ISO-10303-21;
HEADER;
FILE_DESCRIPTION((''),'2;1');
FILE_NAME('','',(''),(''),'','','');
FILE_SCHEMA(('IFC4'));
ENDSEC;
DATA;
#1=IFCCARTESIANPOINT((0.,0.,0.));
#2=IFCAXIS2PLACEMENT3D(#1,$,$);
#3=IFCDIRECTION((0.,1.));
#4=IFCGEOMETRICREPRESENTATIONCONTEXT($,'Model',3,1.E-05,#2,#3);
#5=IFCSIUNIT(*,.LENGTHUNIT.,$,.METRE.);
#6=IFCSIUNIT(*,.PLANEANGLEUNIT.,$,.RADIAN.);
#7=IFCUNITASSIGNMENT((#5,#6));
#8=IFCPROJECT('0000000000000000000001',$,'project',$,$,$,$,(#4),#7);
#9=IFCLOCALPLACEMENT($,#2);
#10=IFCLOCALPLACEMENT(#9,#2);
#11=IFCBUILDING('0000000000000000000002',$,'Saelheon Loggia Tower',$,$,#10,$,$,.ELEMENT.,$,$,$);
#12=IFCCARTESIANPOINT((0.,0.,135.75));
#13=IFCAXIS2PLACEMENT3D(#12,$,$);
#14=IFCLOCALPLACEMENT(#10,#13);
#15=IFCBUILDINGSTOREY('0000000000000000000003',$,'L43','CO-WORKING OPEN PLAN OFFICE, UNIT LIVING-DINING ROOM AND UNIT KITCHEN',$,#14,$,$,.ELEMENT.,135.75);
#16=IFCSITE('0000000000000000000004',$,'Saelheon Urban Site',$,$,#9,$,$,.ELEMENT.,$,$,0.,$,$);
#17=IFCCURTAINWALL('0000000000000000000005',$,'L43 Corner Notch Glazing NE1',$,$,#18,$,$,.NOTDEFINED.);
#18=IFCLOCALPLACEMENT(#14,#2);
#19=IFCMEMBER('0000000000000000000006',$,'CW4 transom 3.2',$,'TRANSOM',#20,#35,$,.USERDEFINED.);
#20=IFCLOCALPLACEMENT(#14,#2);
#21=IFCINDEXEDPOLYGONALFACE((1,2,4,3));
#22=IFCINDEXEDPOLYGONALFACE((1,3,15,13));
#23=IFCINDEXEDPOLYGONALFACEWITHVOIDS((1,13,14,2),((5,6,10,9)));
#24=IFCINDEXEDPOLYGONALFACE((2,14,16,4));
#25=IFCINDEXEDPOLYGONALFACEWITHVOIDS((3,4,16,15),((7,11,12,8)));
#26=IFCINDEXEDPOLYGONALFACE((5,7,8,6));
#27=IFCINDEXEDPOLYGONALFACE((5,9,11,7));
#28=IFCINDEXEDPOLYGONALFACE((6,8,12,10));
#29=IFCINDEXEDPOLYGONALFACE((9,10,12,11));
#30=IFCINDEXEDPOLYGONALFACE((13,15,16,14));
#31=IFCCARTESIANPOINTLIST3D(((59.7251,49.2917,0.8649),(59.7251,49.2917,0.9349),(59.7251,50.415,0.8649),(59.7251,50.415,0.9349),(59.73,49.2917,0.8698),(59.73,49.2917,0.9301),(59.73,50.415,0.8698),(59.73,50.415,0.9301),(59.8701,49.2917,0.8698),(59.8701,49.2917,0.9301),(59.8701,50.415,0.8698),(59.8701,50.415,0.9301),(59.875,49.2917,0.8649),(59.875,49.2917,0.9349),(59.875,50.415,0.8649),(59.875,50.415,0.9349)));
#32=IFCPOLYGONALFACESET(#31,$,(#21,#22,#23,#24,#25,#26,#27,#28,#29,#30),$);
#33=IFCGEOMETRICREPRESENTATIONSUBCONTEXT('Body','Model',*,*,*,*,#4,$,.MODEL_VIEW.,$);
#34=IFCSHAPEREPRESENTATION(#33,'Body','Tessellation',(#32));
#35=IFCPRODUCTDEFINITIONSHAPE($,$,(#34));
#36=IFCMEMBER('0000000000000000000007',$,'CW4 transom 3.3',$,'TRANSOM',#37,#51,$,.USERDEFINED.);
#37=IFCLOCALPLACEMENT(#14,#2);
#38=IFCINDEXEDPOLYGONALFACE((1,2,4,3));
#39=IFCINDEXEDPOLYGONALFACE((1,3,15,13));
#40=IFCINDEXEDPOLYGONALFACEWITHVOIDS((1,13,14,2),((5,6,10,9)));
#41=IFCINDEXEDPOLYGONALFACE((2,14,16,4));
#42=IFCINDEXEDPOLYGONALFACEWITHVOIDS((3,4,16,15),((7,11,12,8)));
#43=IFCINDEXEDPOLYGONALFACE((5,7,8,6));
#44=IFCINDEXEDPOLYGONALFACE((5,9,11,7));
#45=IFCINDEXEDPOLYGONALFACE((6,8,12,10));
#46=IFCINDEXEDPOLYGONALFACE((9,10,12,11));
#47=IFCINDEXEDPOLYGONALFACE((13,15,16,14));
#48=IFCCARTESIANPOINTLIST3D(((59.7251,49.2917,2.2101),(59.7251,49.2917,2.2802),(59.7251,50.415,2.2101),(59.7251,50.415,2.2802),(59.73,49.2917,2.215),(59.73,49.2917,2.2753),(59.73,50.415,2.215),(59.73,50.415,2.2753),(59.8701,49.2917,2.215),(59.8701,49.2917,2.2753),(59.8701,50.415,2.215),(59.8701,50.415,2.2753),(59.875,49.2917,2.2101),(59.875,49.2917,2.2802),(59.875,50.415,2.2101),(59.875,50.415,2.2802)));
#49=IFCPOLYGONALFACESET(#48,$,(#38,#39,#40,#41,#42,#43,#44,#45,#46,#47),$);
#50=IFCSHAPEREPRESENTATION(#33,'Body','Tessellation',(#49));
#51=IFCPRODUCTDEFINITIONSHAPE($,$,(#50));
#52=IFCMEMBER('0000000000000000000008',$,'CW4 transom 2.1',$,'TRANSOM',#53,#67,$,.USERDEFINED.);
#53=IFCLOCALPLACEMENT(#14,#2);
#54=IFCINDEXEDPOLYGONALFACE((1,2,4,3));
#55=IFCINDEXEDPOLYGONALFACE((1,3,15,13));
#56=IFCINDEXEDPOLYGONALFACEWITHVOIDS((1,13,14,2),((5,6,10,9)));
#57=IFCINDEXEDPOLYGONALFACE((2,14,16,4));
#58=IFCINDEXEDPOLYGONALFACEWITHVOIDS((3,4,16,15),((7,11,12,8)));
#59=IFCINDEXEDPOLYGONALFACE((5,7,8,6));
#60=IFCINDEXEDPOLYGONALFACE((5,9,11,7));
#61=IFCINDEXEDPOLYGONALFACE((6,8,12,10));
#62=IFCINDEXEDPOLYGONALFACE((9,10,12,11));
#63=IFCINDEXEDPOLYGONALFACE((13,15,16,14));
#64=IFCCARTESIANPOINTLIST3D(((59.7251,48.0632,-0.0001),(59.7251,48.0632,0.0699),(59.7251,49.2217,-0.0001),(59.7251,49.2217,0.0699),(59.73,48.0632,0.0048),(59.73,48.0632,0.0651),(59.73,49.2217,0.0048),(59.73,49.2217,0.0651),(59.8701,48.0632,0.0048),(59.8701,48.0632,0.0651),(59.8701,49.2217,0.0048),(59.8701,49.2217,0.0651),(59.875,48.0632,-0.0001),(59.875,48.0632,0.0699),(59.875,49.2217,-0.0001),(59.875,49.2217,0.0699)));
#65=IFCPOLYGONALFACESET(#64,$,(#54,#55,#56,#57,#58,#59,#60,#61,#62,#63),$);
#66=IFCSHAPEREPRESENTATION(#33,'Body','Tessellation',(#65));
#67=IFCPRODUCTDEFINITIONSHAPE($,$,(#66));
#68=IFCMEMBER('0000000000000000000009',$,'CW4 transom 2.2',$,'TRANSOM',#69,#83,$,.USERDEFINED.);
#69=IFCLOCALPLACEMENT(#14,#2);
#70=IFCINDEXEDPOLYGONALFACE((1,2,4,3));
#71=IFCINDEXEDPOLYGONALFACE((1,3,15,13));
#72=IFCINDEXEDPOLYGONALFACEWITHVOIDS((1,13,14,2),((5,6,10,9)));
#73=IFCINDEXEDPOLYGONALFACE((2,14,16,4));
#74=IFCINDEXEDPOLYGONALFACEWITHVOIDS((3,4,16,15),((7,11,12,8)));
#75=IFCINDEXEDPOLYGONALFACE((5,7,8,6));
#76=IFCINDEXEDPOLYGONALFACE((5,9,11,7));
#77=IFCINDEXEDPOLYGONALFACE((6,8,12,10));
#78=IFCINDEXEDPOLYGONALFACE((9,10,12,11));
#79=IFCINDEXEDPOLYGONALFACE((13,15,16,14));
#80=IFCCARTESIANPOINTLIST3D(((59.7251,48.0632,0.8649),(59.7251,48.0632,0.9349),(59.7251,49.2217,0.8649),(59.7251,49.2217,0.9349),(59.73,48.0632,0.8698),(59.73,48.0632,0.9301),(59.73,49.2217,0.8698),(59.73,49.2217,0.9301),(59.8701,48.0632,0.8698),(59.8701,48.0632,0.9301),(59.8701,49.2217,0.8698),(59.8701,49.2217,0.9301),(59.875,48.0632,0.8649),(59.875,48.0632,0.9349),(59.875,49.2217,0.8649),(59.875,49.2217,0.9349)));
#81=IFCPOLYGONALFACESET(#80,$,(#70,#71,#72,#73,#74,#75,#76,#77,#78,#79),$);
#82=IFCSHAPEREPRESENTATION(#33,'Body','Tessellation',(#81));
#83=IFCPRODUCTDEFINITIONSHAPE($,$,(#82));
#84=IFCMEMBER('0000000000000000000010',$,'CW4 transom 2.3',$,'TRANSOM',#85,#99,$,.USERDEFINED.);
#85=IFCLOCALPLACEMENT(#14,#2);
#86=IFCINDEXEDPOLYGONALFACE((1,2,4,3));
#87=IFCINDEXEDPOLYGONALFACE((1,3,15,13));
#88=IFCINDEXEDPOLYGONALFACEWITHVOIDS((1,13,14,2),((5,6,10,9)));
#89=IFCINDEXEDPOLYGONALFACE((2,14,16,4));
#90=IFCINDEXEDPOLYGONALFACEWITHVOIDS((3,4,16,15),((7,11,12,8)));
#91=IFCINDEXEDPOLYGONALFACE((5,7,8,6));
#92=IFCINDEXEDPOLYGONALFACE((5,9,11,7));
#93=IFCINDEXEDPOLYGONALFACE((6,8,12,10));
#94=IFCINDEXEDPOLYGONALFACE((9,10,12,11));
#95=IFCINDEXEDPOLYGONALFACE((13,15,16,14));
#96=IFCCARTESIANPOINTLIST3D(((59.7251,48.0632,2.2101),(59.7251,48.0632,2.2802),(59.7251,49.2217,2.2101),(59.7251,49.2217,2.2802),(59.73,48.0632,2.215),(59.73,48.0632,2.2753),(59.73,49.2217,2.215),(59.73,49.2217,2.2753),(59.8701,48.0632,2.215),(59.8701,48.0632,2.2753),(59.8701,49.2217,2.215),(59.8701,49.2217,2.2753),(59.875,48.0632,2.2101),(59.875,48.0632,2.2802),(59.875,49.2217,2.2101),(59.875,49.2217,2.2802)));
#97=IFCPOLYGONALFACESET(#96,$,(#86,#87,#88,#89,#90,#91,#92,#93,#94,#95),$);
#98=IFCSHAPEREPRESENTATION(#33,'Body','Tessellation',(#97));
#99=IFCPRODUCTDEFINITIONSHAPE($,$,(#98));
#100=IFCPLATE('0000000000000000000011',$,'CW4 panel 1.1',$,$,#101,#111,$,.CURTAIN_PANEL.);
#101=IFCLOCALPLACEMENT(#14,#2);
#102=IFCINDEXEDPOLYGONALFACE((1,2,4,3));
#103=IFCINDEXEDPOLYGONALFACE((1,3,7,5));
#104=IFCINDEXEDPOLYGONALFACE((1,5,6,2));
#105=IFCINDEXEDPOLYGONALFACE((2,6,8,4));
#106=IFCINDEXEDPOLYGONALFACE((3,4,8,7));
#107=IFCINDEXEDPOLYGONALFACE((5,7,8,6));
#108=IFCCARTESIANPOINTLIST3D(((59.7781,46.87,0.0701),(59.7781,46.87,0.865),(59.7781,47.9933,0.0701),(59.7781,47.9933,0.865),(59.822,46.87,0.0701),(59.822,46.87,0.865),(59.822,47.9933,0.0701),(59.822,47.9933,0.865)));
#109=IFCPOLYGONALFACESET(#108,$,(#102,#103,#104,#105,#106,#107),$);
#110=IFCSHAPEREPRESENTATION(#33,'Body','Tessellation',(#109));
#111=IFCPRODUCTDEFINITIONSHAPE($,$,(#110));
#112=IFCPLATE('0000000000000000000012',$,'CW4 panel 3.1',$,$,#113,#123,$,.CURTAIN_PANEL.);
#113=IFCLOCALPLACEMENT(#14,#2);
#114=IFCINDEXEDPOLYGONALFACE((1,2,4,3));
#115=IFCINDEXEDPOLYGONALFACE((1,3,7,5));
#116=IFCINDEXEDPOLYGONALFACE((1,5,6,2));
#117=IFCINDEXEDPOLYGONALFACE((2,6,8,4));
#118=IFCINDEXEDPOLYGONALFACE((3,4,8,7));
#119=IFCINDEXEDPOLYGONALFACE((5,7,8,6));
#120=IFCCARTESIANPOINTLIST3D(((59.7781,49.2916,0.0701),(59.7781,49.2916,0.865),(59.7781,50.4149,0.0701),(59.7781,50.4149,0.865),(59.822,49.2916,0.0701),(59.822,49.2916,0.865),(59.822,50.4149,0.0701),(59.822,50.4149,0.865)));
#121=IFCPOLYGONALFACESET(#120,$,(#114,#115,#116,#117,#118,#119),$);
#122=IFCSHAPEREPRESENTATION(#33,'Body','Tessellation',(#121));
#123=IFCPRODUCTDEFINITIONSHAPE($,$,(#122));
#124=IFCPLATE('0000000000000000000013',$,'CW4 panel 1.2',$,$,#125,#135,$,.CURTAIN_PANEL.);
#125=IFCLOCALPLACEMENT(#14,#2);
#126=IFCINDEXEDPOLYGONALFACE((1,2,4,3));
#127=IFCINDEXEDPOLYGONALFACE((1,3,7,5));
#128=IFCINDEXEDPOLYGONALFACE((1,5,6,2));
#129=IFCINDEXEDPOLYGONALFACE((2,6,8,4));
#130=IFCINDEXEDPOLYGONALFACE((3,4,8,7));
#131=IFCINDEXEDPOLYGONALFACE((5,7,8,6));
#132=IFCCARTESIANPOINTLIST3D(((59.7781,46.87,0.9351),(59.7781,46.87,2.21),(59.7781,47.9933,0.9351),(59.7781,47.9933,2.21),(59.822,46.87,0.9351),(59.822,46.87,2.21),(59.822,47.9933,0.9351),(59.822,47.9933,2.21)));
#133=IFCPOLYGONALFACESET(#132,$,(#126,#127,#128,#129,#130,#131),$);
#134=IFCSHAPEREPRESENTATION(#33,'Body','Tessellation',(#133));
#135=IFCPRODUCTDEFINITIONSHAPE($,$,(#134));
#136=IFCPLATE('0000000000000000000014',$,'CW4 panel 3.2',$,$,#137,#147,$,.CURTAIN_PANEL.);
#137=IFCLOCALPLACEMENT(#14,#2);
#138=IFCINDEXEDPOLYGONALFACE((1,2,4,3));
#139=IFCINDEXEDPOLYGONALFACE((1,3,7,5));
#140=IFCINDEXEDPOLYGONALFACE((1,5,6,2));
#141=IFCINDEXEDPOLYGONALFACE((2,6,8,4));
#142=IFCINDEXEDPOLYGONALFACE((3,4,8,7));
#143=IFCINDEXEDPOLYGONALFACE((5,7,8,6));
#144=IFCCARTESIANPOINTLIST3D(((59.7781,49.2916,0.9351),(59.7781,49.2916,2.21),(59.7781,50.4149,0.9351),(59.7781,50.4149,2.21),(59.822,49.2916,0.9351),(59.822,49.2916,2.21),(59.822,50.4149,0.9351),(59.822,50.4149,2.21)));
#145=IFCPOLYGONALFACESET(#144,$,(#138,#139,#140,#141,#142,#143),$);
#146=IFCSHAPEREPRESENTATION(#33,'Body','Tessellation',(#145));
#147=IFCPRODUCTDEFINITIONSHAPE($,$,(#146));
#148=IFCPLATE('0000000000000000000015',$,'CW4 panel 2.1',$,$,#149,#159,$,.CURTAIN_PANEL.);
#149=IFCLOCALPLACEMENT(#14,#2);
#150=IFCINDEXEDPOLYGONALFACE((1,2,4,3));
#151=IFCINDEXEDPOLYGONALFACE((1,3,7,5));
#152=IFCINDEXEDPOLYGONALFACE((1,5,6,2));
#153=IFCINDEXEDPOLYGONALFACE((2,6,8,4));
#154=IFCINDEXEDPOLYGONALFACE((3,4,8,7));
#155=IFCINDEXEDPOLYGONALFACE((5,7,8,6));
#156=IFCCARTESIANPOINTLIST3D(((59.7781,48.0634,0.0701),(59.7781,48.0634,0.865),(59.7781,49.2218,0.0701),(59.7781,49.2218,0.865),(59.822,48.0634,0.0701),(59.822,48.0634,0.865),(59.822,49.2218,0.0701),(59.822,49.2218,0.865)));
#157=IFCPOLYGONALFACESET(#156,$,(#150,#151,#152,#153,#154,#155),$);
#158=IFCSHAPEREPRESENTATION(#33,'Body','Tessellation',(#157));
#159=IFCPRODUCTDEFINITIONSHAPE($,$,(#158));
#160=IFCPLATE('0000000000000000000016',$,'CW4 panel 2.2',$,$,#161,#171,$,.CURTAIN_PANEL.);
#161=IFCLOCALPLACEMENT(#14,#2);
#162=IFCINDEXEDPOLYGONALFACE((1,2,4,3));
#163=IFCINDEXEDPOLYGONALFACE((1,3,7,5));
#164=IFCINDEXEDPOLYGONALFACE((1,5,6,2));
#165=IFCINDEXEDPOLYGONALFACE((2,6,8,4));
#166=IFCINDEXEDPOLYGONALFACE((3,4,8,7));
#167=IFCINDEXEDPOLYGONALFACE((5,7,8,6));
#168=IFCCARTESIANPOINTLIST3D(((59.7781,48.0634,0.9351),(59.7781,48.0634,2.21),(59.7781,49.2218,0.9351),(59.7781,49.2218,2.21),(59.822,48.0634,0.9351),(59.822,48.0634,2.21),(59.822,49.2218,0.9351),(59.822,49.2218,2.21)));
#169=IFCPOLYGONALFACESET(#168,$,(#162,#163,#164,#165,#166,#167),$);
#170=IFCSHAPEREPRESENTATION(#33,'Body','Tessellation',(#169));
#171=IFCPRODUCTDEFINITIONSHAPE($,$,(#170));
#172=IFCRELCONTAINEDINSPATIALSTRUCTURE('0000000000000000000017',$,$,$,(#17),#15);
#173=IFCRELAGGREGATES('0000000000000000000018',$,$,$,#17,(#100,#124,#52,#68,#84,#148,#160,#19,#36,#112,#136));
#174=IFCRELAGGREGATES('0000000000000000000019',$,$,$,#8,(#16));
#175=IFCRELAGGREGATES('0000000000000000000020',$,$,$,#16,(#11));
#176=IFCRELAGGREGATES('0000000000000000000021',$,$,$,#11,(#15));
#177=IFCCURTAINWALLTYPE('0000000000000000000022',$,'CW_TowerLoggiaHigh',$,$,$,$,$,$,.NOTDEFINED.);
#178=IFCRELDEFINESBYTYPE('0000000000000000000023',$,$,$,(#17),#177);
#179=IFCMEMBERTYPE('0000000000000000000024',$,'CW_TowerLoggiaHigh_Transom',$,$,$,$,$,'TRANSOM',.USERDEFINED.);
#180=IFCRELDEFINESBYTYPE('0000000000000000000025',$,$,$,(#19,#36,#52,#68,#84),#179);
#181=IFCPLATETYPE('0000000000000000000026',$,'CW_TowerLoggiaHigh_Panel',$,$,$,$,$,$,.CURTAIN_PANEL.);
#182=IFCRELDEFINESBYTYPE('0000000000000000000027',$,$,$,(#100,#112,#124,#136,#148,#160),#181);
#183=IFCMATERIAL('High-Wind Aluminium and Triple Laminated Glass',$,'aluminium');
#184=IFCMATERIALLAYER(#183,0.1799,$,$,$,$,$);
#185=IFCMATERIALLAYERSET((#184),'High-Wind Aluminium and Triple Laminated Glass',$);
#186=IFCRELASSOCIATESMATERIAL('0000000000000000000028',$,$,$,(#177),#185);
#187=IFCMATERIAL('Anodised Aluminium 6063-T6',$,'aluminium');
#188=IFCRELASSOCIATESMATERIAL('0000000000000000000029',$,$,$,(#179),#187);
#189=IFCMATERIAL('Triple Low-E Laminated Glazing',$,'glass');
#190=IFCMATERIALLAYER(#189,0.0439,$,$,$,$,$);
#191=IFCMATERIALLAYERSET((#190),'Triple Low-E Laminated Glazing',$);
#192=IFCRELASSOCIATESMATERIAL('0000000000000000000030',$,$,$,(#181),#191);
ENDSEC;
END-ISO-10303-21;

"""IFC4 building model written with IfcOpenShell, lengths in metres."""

from ifc_helpers import new_model, si_unit, direction, frame, origin, origin_2d, place, context, subcontext, project, spatial, rectangle, hollow_rectangle, extrude, source, transform, mapped, material, layer, layer_set, material_profile, profile_set, type_object, element, aggregate, save


model = new_model("IFC4")

# Units and contexts
model_context = context("Model", 3, precision=1e-05, world=origin(), true_north=direction((0.0, 1.0)))
body_context = subcontext(model_context, "Body", "Model", "MODEL_VIEW")
ifc_project = project(units=[si_unit("LENGTHUNIT", "METRE"), si_unit("PLANEANGLEUNIT", "RADIAN")], contexts=[model_context])

# Site, building, storey
site_placement = place(None, origin())
site = spatial("IfcSite", under=ifc_project, at=site_placement, Name="Saelheon Urban Site", CompositionType="ELEMENT", RefElevation=0.0)
building_placement = place(site_placement, origin())
building = spatial("IfcBuilding", under=site, at=building_placement, Name="Saelheon Loggia Tower", CompositionType="ELEMENT")
storey_placement = place(building_placement, frame((0.0, 0.0, 135.75)))
storey = spatial("IfcBuildingStorey", under=building, at=storey_placement, Name="L43", Description="CO-WORKING OPEN PLAN OFFICE, UNIT LIVING-DINING ROOM AND UNIT KITCHEN", CompositionType="ELEMENT", Elevation=135.75)

# Curtain wall
ifc_material_1 = material(Name="High-Wind Aluminium and Triple Laminated Glass", Category="aluminium")
ifc_layer_1 = layer(ifc_material_1, 0.1799)
ifc_layer_set_1 = layer_set([ifc_layer_1], Name="High-Wind Aluminium and Triple Laminated Glass")
curtain_wall_type = type_object("IfcCurtainWallType", Name="CW_TowerLoggiaHigh", PredefinedType="NOTDEFINED", material=ifc_layer_set_1)
curtain_wall_1_placement = place(storey_placement, origin())
curtain_wall_1 = element("IfcCurtainWall", 1, at=curtain_wall_1_placement, inside=storey, type_object=curtain_wall_type, Name="L43 Corner Notch Glazing NE1", PredefinedType="NOTDEFINED")
ifc_material_2 = material(Name="Anodised Aluminium 6063-T6", Category="aluminium")

# Members
ifc_material_profile_1 = material_profile(ifc_material_2, hollow_rectangle(XDim=0.0701, YDim=0.1499, WallThickness=0.0049, at=origin_2d()), Name="RHS-150x70x5")
ifc_profile_set_1 = profile_set([ifc_material_profile_1], Name="Anodised Aluminium 6063-T6")
member_type_1 = type_object("IfcMemberType", Name="CW_TowerLoggiaHigh_Transom", ElementType="TRANSOM", PredefinedType="USERDEFINED", material=ifc_profile_set_1)
shared_shape_1 = source(origin(), body_context, "Body", "SweptSolid", [
    extrude(hollow_rectangle(XDim=0.0701, YDim=0.1499, WallThickness=0.0049, at=origin_2d()), origin(), (0.0, 0.0, 1.0), 1.1233),
])
member_1_placement = place(storey_placement, frame((59.8, 49.2917, 0.8999), z_axis=(0.0, 1.0, 0.0), x_axis=(0.0, 0.0, 1.0)))
member_1 = element("IfcMember", 2, at=member_1_placement, type_object=member_type_1, Name="CW4 transom 3.2", ObjectType="TRANSOM", PredefinedType="USERDEFINED", context=body_context, shape_type="MappedRepresentation", body=[
    mapped(shared_shape_1, transform((0.0, 0.0, 0.0), scale=1.0)),
])
member_2_placement = place(storey_placement, frame((59.8, 49.2917, 2.2451), z_axis=(0.0, 1.0, 0.0), x_axis=(0.0, 0.0, 1.0)))
member_2 = element("IfcMember", 3, at=member_2_placement, type_object=member_type_1, Name="CW4 transom 3.3", ObjectType="TRANSOM", PredefinedType="USERDEFINED", context=body_context, shape_type="MappedRepresentation", body=[
    mapped(shared_shape_1, transform((0.0, 0.0, 0.0), scale=1.0)),
])
shared_shape_2 = source(origin(), body_context, "Body", "SweptSolid", [
    extrude(hollow_rectangle(XDim=0.0701, YDim=0.1499, WallThickness=0.0049, at=origin_2d()), origin(), (0.0, 0.0, 1.0), 1.1584),
])
member_3_placement = place(storey_placement, frame((59.8, 48.0632, 0.0349), z_axis=(0.0, 1.0, 0.0), x_axis=(0.0, 0.0, 1.0)))
member_3 = element("IfcMember", 4, at=member_3_placement, type_object=member_type_1, Name="CW4 transom 2.1", ObjectType="TRANSOM", PredefinedType="USERDEFINED", context=body_context, shape_type="MappedRepresentation", body=[
    mapped(shared_shape_2, transform((0.0, 0.0, 0.0), scale=1.0)),
])
member_4_placement = place(storey_placement, frame((59.8, 48.0632, 0.8999), z_axis=(0.0, 1.0, 0.0), x_axis=(0.0, 0.0, 1.0)))
member_4 = element("IfcMember", 5, at=member_4_placement, type_object=member_type_1, Name="CW4 transom 2.2", ObjectType="TRANSOM", PredefinedType="USERDEFINED", context=body_context, shape_type="MappedRepresentation", body=[
    mapped(shared_shape_2, transform((0.0, 0.0, 0.0), scale=1.0)),
])
member_5_placement = place(storey_placement, frame((59.8, 48.0632, 2.2451), z_axis=(0.0, 1.0, 0.0), x_axis=(0.0, 0.0, 1.0)))
member_5 = element("IfcMember", 6, at=member_5_placement, type_object=member_type_1, Name="CW4 transom 2.3", ObjectType="TRANSOM", PredefinedType="USERDEFINED", context=body_context, shape_type="MappedRepresentation", body=[
    mapped(shared_shape_2, transform((0.0, 0.0, 0.0), scale=1.0)),
])

# Plates
ifc_material_3 = material(Name="Triple Low-E Laminated Glazing", Category="glass")
ifc_layer_2 = layer(ifc_material_3, 0.0439)
ifc_layer_set_2 = layer_set([ifc_layer_2], Name="Triple Low-E Laminated Glazing")
plate_type = type_object("IfcPlateType", Name="CW_TowerLoggiaHigh_Panel", PredefinedType="CURTAIN_PANEL", material=ifc_layer_set_2)
shared_shape_3 = source(origin(), body_context, "Body", "SweptSolid", [
    extrude(rectangle(XDim=1.1233, YDim=0.0439, at=origin_2d()), origin(), (0.0, 0.0, 1.0), 0.7949),
])
plate_1_placement = place(storey_placement, frame((59.8, 47.4316, 0.0701), z_axis=(0.0, 0.0, 1.0), x_axis=(0.0, 1.0, 0.0)))
plate_1 = element("IfcPlate", 7, at=plate_1_placement, type_object=plate_type, Name="CW4 panel 1.1", PredefinedType="CURTAIN_PANEL", context=body_context, shape_type="MappedRepresentation", body=[
    mapped(shared_shape_3, transform((0.0, 0.0, 0.0), scale=1.0)),
])
plate_2_placement = place(storey_placement, frame((59.8, 49.8533, 0.0701), z_axis=(0.0, 0.0, 1.0), x_axis=(0.0, 1.0, 0.0)))
plate_2 = element("IfcPlate", 8, at=plate_2_placement, type_object=plate_type, Name="CW4 panel 3.1", PredefinedType="CURTAIN_PANEL", context=body_context, shape_type="MappedRepresentation", body=[
    mapped(shared_shape_3, transform((0.0, 0.0, 0.0), scale=1.0)),
])
shared_shape_4 = source(origin(), body_context, "Body", "SweptSolid", [
    extrude(rectangle(XDim=1.1233, YDim=0.0439, at=origin_2d()), origin(), (0.0, 0.0, 1.0), 1.2749),
])
plate_3_placement = place(storey_placement, frame((59.8, 47.4316, 0.9351), z_axis=(0.0, 0.0, 1.0), x_axis=(0.0, 1.0, 0.0)))
plate_3 = element("IfcPlate", 9, at=plate_3_placement, type_object=plate_type, Name="CW4 panel 1.2", PredefinedType="CURTAIN_PANEL", context=body_context, shape_type="MappedRepresentation", body=[
    mapped(shared_shape_4, transform((0.0, 0.0, 0.0), scale=1.0)),
])
plate_4_placement = place(storey_placement, frame((59.8, 49.8533, 0.9351), z_axis=(0.0, 0.0, 1.0), x_axis=(0.0, 1.0, 0.0)))
plate_4 = element("IfcPlate", 10, at=plate_4_placement, type_object=plate_type, Name="CW4 panel 3.2", PredefinedType="CURTAIN_PANEL", context=body_context, shape_type="MappedRepresentation", body=[
    mapped(shared_shape_4, transform((0.0, 0.0, 0.0), scale=1.0)),
])
shared_shape_5 = source(origin(), body_context, "Body", "SweptSolid", [
    extrude(rectangle(XDim=1.1584, YDim=0.0439, at=origin_2d()), origin(), (0.0, 0.0, 1.0), 0.7949),
])
plate_5_placement = place(storey_placement, frame((59.8, 48.6426, 0.0701), z_axis=(0.0, 0.0, 1.0), x_axis=(0.0, 1.0, 0.0)))
plate_5 = element("IfcPlate", 11, at=plate_5_placement, type_object=plate_type, Name="CW4 panel 2.1", PredefinedType="CURTAIN_PANEL", context=body_context, shape_type="MappedRepresentation", body=[
    mapped(shared_shape_5, transform((0.0, 0.0, 0.0), scale=1.0)),
])
shared_shape_6 = source(origin(), body_context, "Body", "SweptSolid", [
    extrude(rectangle(XDim=1.1584, YDim=0.0439, at=origin_2d()), origin(), (0.0, 0.0, 1.0), 1.2749),
])
plate_6_placement = place(storey_placement, frame((59.8, 48.6426, 0.9351), z_axis=(0.0, 0.0, 1.0), x_axis=(0.0, 1.0, 0.0)))
plate_6 = element("IfcPlate", 12, at=plate_6_placement, type_object=plate_type, Name="CW4 panel 2.2", PredefinedType="CURTAIN_PANEL", context=body_context, shape_type="MappedRepresentation", body=[
    mapped(shared_shape_6, transform((0.0, 0.0, 0.0), scale=1.0)),
])
aggregate(curtain_wall_1, [plate_1, plate_3, member_3, member_4, member_5, plate_5, plate_6, member_1, member_2, plate_2, plate_4])

save(model, "model.ifc")
